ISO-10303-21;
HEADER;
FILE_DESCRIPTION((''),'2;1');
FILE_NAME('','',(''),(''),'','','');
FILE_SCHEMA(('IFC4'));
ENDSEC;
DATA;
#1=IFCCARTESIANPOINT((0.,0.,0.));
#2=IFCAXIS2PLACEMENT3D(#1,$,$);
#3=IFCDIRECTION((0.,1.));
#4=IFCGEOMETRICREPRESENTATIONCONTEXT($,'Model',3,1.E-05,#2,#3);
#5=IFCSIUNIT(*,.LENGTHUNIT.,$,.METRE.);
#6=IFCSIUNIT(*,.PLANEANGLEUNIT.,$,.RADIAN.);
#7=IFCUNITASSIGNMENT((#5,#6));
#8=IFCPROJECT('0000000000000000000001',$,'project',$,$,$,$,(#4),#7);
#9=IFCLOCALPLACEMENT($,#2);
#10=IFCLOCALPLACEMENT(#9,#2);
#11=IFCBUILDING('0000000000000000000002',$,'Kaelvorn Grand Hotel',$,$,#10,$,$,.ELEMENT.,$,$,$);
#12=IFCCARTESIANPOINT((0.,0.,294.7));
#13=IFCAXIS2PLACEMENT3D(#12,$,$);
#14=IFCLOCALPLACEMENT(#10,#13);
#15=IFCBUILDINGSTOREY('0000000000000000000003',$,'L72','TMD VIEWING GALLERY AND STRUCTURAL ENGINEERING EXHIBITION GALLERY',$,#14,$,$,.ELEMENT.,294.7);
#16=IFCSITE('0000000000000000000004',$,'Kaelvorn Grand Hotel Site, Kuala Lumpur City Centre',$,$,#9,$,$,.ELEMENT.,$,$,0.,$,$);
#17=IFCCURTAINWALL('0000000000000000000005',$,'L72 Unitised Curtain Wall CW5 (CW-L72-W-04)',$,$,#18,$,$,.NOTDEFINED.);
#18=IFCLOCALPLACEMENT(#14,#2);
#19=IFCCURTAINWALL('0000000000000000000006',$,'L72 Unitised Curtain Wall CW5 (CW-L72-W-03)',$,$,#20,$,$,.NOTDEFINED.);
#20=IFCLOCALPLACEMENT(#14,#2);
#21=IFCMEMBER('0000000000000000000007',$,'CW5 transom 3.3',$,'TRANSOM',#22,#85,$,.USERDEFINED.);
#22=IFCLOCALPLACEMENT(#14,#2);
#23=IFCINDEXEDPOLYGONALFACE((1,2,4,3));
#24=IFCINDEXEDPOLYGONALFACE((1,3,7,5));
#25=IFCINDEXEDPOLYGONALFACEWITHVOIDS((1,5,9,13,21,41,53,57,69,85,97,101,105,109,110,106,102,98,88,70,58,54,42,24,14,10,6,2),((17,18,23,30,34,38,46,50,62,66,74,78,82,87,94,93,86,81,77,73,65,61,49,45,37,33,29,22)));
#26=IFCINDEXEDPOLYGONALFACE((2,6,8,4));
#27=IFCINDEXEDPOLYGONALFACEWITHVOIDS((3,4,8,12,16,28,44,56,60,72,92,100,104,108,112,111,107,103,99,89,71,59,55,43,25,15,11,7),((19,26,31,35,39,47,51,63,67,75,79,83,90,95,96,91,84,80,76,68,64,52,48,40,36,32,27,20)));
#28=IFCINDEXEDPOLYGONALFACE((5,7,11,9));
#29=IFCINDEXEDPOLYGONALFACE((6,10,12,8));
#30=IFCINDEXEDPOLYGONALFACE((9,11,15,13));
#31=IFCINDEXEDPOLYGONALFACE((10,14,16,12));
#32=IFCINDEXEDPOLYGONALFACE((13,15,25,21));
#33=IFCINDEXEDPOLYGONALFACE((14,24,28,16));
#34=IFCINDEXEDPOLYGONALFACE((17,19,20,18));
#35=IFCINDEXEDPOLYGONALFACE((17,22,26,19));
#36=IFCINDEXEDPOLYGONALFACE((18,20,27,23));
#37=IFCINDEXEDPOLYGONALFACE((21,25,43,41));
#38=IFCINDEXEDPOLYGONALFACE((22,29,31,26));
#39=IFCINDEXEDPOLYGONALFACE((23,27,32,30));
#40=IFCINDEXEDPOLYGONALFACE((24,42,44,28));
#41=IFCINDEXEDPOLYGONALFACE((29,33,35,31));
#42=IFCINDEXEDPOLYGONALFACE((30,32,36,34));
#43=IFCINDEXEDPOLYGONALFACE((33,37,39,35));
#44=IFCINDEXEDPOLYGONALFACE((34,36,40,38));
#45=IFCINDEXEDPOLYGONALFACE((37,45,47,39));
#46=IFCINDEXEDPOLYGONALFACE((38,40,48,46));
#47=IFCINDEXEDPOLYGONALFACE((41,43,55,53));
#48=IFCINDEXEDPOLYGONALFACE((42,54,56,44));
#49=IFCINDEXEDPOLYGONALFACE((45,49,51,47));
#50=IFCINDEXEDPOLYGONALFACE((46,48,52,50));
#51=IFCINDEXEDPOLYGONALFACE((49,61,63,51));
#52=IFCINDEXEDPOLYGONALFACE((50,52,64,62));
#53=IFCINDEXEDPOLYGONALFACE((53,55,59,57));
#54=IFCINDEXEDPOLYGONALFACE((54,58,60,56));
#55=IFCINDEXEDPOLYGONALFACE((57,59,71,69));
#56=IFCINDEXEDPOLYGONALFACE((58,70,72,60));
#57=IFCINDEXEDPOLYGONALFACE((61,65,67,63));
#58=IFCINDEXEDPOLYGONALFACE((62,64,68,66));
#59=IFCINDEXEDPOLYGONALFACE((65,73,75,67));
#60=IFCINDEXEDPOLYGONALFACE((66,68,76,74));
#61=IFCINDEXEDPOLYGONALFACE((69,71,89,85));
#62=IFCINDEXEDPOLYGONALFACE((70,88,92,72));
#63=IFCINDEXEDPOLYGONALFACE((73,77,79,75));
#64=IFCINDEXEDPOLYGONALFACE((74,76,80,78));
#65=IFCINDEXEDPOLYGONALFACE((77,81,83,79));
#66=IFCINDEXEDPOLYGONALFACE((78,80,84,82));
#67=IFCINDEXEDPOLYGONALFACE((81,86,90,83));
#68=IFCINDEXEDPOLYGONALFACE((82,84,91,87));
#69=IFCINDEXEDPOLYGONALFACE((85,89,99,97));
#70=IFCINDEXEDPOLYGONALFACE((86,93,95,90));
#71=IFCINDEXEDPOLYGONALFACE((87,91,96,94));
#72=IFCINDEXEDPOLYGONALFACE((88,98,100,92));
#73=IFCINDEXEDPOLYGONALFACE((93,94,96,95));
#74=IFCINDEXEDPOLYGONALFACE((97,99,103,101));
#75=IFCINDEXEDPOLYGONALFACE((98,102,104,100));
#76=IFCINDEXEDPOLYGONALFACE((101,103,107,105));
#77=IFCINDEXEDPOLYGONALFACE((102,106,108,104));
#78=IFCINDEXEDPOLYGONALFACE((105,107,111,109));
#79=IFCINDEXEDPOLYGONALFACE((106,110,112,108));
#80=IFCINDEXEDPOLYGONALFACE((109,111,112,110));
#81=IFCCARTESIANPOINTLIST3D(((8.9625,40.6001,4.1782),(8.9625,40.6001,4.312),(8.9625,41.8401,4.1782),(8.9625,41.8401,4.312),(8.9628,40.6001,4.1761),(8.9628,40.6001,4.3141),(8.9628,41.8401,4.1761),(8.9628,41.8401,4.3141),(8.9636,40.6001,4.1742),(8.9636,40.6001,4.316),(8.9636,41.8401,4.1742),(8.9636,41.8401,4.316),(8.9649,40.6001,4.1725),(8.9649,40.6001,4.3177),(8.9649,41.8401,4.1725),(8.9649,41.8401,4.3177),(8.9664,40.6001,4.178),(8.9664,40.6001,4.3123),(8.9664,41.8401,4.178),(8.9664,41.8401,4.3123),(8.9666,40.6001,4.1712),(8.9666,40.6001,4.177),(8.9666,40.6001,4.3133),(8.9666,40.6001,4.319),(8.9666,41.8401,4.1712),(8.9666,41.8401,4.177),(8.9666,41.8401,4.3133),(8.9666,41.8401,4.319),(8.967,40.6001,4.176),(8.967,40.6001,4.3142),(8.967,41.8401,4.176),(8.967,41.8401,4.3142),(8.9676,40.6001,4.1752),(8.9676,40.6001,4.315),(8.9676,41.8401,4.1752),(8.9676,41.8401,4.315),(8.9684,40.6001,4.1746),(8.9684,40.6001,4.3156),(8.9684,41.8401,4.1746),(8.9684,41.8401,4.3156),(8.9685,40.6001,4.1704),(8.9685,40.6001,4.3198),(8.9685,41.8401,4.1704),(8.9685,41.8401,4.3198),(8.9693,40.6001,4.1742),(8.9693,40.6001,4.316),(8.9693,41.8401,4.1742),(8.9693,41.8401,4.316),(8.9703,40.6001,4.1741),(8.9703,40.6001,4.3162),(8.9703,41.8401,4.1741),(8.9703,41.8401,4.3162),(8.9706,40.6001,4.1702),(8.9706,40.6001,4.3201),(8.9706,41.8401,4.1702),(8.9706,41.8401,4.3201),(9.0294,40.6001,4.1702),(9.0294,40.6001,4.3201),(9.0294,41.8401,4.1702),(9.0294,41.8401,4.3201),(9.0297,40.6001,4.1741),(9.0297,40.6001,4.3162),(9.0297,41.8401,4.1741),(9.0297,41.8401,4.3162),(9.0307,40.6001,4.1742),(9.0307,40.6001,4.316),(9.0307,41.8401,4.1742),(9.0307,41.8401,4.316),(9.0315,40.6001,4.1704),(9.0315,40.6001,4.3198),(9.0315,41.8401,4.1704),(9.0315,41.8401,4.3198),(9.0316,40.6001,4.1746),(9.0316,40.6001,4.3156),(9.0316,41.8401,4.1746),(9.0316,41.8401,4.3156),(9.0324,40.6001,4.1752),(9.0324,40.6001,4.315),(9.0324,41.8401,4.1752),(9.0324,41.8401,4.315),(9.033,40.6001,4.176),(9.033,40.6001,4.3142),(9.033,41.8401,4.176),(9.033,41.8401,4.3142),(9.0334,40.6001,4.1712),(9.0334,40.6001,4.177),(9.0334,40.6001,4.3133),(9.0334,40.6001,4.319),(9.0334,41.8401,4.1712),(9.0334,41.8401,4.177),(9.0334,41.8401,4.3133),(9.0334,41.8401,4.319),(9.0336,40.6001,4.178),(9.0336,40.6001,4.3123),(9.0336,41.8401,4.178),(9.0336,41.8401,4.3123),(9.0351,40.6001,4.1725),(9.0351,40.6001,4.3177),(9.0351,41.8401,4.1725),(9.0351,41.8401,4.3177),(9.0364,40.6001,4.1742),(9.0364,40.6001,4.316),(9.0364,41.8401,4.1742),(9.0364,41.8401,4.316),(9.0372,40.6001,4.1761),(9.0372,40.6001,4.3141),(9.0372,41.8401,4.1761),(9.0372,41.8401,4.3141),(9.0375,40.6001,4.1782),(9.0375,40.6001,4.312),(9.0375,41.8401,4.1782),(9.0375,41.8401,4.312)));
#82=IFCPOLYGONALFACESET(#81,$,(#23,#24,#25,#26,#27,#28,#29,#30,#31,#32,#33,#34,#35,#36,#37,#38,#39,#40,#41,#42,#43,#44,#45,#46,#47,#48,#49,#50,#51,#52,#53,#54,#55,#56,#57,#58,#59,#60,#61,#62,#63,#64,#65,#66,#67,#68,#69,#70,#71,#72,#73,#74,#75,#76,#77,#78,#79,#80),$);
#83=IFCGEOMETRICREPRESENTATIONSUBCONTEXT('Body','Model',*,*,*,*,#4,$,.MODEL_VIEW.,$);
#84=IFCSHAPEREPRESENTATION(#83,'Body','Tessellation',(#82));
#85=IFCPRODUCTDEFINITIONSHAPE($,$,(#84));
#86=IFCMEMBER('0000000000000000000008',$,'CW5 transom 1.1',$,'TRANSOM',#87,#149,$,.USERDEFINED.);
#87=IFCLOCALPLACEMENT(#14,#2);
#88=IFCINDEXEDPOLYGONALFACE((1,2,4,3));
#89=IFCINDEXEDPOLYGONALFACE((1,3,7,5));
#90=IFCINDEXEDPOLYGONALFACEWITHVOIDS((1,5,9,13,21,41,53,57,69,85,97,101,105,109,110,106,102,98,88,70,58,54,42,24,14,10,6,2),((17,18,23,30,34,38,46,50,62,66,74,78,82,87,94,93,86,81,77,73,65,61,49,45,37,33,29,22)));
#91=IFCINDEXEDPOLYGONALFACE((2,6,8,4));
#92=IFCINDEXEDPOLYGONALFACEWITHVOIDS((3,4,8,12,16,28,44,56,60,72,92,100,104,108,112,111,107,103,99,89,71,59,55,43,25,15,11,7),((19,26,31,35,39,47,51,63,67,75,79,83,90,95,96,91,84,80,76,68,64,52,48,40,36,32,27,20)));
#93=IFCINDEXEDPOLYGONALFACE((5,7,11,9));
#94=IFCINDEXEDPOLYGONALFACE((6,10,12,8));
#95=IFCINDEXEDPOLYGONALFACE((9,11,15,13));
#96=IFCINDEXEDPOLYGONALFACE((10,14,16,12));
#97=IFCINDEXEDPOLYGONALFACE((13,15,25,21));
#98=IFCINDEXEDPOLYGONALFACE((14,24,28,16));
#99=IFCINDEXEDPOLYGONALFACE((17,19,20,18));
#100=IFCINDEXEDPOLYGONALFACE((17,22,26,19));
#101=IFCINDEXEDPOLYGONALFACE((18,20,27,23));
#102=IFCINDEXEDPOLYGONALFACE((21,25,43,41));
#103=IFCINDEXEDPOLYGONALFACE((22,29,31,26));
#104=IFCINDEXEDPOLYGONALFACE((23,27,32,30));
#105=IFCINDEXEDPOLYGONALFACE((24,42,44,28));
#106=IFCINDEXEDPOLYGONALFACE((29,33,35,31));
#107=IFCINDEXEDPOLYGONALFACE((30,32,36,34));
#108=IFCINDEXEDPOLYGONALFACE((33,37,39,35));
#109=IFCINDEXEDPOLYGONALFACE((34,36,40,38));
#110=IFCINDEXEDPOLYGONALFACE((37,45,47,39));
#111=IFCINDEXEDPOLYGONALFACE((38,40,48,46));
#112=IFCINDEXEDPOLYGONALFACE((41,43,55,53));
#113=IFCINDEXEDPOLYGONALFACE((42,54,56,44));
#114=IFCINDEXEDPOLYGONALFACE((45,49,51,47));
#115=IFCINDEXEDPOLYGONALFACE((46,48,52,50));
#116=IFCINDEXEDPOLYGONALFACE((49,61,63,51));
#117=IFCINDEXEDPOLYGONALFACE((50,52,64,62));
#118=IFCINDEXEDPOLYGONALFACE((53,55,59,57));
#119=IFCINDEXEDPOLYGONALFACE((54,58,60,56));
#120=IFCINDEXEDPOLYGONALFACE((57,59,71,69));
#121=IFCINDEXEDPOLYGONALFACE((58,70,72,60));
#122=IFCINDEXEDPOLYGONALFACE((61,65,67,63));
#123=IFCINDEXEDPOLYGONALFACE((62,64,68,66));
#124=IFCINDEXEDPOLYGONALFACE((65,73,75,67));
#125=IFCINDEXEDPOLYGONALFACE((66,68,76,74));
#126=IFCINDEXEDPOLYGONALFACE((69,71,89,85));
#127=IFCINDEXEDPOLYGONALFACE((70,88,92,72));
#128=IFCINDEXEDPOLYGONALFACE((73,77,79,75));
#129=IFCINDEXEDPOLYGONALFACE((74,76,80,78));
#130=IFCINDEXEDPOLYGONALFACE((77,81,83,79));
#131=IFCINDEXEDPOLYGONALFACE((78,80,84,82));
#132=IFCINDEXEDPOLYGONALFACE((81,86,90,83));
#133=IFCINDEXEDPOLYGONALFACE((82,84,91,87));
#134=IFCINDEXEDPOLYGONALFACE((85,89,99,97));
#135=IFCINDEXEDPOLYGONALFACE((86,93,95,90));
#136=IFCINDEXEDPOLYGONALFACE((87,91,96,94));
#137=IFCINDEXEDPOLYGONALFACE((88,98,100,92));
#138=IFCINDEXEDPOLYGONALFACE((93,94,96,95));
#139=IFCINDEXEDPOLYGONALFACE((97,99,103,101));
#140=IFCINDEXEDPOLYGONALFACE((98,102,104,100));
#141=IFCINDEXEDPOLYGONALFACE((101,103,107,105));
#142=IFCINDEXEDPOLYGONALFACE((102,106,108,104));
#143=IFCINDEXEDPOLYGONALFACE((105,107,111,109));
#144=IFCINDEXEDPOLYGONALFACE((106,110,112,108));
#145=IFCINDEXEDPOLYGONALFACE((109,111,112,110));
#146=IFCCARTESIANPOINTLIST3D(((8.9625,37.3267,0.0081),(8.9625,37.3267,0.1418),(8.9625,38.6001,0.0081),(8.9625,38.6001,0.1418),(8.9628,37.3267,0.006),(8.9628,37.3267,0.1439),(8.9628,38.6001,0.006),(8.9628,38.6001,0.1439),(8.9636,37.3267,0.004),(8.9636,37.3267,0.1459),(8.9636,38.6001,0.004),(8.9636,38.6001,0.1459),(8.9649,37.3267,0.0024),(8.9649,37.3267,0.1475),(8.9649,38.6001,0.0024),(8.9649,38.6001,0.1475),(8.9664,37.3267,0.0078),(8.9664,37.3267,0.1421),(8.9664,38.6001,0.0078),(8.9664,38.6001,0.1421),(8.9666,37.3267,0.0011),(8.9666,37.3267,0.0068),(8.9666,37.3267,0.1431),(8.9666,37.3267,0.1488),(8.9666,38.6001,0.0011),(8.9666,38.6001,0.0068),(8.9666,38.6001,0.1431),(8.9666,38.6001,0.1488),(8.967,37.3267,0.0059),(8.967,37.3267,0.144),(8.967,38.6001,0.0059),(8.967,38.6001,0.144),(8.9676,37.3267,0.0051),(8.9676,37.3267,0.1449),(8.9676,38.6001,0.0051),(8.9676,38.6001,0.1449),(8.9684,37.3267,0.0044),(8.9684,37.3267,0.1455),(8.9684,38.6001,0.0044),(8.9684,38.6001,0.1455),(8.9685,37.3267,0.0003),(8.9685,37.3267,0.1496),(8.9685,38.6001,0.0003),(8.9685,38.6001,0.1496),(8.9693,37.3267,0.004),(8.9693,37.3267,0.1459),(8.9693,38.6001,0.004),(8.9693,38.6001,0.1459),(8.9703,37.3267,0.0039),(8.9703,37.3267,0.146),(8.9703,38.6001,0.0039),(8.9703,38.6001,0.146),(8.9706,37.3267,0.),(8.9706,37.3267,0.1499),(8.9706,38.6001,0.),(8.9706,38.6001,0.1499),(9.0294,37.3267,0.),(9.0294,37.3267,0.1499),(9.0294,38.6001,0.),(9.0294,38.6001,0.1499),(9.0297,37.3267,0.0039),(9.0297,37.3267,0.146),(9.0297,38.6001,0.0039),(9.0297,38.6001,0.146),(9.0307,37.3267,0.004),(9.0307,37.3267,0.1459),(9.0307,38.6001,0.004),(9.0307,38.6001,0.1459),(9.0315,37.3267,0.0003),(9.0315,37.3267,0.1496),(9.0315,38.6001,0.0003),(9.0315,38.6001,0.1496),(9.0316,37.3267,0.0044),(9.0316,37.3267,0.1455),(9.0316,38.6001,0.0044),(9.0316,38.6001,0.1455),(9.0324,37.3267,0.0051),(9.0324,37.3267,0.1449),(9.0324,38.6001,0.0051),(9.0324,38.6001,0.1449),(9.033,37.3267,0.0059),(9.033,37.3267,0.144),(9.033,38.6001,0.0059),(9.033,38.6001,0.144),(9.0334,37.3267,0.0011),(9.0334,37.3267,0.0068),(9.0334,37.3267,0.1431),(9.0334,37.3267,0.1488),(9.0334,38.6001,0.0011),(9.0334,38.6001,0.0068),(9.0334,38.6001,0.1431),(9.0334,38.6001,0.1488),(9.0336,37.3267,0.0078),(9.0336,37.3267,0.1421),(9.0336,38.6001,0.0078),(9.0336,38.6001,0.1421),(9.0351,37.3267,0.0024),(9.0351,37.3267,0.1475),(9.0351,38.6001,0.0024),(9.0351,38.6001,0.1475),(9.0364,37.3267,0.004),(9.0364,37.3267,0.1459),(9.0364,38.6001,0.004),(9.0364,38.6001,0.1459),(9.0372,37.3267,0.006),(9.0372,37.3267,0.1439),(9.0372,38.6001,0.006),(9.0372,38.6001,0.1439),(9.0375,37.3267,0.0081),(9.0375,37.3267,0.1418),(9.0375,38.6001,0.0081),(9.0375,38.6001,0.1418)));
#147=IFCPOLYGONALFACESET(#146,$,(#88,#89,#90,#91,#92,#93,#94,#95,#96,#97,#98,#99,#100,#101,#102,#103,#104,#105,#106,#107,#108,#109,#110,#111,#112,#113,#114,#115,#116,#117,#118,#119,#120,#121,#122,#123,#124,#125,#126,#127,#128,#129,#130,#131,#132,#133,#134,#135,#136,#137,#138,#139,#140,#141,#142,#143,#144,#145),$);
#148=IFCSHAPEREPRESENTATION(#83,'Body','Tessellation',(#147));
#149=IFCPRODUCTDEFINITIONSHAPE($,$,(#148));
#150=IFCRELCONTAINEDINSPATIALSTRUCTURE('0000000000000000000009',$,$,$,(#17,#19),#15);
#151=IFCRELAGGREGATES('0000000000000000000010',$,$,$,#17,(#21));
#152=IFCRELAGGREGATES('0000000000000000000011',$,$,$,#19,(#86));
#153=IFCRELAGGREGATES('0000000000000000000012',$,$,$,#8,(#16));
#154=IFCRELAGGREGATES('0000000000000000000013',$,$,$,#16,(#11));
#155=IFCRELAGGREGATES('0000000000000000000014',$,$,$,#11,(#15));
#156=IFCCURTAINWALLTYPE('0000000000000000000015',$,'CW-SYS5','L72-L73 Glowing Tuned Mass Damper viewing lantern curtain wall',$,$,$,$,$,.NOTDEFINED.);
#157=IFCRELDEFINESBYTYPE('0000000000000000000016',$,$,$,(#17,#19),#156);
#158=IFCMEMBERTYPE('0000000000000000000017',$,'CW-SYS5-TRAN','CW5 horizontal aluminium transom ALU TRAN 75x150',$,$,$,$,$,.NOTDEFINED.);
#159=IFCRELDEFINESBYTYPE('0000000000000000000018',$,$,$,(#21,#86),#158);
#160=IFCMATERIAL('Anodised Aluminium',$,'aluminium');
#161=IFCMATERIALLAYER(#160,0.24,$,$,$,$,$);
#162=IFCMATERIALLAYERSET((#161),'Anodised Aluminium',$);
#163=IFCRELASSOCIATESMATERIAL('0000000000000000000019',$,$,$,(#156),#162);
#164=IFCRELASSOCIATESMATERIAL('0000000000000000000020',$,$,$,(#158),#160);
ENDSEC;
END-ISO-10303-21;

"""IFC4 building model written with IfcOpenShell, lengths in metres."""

from ifc_helpers import new_model, si_unit, direction, frame, origin, origin_2d, place, context, subcontext, project, spatial, hollow_rectangle, extrude, material, layer, layer_set, material_profile, profile_set, type_object, element, aggregate, save


model = new_model("IFC4")

# Units and contexts
model_context = context("Model", 3, precision=1e-05, world=origin(), true_north=direction((0.0, 1.0)))
body_context = subcontext(model_context, "Body", "Model", "MODEL_VIEW")
ifc_project = project(units=[si_unit("LENGTHUNIT", "METRE"), si_unit("PLANEANGLEUNIT", "RADIAN")], contexts=[model_context])

# Site, building, storey
site_placement = place(None, origin())
site = spatial("IfcSite", under=ifc_project, at=site_placement, Name="Kaelvorn Grand Hotel Site, Kuala Lumpur City Centre", CompositionType="ELEMENT", RefElevation=0.0)
building_placement = place(site_placement, origin())
building = spatial("IfcBuilding", under=site, at=building_placement, Name="Kaelvorn Grand Hotel", CompositionType="ELEMENT")
storey_placement = place(building_placement, frame((0.0, 0.0, 294.7)))
storey = spatial("IfcBuildingStorey", under=building, at=storey_placement, Name="L72", Description="TMD VIEWING GALLERY AND STRUCTURAL ENGINEERING EXHIBITION GALLERY", CompositionType="ELEMENT", Elevation=294.7)

# Curtain walls
ifc_material_1 = material(Name="Anodised Aluminium", Category="aluminium")
ifc_layer_1 = layer(ifc_material_1, 0.24)
ifc_layer_set_1 = layer_set([ifc_layer_1], Name="Anodised Aluminium")
curtain_wall_type = type_object("IfcCurtainWallType", Name="CW-SYS5", Description="L72-L73 Glowing Tuned Mass Damper viewing lantern curtain wall", PredefinedType="NOTDEFINED", material=ifc_layer_set_1)
curtain_wall_1_placement = place(storey_placement, origin())
curtain_wall_1 = element("IfcCurtainWall", 1, at=curtain_wall_1_placement, inside=storey, type_object=curtain_wall_type, Name="L72 Unitised Curtain Wall CW5 (CW-L72-W-04)", PredefinedType="NOTDEFINED")
curtain_wall_2_placement = place(storey_placement, origin())
curtain_wall_2 = element("IfcCurtainWall", 2, at=curtain_wall_2_placement, inside=storey, type_object=curtain_wall_type, Name="L72 Unitised Curtain Wall CW5 (CW-L72-W-03)", PredefinedType="NOTDEFINED")

# Members
ifc_material_profile_1 = material_profile(ifc_material_1, hollow_rectangle(XDim=0.075, YDim=0.1499, WallThickness=0.0039, InnerFilletRadius=0.0039, OuterFilletRadius=0.0081, at=origin_2d()), Name="ALU TRAN 75x150")
ifc_profile_set_1 = profile_set([ifc_material_profile_1], Name="Anodised Aluminium")
member_type_1 = type_object("IfcMemberType", Name="CW-SYS5-TRAN", Description="CW5 horizontal aluminium transom ALU TRAN 75x150", PredefinedType="NOTDEFINED", material=ifc_profile_set_1)
member_1_placement = place(storey_placement, frame((9.0, 41.8401, 4.2451), z_axis=(0.0, -1.0, 0.0), x_axis=(1.0, 0.0, 0.0)))
member_1 = element("IfcMember", 3, at=member_1_placement, type_object=member_type_1, Name="CW5 transom 3.3", ObjectType="TRANSOM", PredefinedType="USERDEFINED", context=body_context, shape_type="SweptSolid", body=[
    extrude(hollow_rectangle(XDim=0.075, YDim=0.1499, WallThickness=0.0039, InnerFilletRadius=0.0039, OuterFilletRadius=0.0081, at=origin_2d()), origin(), (0.0, 0.0, 1.0), 1.24),
])
member_2_placement = place(storey_placement, frame((9.0, 38.6001, 0.075), z_axis=(0.0, -1.0, 0.0), x_axis=(1.0, 0.0, 0.0)))
member_2 = element("IfcMember", 4, at=member_2_placement, type_object=member_type_1, Name="CW5 transom 1.1", ObjectType="TRANSOM", PredefinedType="USERDEFINED", context=body_context, shape_type="SweptSolid", body=[
    extrude(hollow_rectangle(XDim=0.075, YDim=0.1499, WallThickness=0.0039, InnerFilletRadius=0.0039, OuterFilletRadius=0.0081, at=origin_2d()), origin(), (0.0, 0.0, 1.0), 1.2734),
])

aggregate(curtain_wall_1, [member_1])
aggregate(curtain_wall_2, [member_2])

save(model, "model.ifc")
